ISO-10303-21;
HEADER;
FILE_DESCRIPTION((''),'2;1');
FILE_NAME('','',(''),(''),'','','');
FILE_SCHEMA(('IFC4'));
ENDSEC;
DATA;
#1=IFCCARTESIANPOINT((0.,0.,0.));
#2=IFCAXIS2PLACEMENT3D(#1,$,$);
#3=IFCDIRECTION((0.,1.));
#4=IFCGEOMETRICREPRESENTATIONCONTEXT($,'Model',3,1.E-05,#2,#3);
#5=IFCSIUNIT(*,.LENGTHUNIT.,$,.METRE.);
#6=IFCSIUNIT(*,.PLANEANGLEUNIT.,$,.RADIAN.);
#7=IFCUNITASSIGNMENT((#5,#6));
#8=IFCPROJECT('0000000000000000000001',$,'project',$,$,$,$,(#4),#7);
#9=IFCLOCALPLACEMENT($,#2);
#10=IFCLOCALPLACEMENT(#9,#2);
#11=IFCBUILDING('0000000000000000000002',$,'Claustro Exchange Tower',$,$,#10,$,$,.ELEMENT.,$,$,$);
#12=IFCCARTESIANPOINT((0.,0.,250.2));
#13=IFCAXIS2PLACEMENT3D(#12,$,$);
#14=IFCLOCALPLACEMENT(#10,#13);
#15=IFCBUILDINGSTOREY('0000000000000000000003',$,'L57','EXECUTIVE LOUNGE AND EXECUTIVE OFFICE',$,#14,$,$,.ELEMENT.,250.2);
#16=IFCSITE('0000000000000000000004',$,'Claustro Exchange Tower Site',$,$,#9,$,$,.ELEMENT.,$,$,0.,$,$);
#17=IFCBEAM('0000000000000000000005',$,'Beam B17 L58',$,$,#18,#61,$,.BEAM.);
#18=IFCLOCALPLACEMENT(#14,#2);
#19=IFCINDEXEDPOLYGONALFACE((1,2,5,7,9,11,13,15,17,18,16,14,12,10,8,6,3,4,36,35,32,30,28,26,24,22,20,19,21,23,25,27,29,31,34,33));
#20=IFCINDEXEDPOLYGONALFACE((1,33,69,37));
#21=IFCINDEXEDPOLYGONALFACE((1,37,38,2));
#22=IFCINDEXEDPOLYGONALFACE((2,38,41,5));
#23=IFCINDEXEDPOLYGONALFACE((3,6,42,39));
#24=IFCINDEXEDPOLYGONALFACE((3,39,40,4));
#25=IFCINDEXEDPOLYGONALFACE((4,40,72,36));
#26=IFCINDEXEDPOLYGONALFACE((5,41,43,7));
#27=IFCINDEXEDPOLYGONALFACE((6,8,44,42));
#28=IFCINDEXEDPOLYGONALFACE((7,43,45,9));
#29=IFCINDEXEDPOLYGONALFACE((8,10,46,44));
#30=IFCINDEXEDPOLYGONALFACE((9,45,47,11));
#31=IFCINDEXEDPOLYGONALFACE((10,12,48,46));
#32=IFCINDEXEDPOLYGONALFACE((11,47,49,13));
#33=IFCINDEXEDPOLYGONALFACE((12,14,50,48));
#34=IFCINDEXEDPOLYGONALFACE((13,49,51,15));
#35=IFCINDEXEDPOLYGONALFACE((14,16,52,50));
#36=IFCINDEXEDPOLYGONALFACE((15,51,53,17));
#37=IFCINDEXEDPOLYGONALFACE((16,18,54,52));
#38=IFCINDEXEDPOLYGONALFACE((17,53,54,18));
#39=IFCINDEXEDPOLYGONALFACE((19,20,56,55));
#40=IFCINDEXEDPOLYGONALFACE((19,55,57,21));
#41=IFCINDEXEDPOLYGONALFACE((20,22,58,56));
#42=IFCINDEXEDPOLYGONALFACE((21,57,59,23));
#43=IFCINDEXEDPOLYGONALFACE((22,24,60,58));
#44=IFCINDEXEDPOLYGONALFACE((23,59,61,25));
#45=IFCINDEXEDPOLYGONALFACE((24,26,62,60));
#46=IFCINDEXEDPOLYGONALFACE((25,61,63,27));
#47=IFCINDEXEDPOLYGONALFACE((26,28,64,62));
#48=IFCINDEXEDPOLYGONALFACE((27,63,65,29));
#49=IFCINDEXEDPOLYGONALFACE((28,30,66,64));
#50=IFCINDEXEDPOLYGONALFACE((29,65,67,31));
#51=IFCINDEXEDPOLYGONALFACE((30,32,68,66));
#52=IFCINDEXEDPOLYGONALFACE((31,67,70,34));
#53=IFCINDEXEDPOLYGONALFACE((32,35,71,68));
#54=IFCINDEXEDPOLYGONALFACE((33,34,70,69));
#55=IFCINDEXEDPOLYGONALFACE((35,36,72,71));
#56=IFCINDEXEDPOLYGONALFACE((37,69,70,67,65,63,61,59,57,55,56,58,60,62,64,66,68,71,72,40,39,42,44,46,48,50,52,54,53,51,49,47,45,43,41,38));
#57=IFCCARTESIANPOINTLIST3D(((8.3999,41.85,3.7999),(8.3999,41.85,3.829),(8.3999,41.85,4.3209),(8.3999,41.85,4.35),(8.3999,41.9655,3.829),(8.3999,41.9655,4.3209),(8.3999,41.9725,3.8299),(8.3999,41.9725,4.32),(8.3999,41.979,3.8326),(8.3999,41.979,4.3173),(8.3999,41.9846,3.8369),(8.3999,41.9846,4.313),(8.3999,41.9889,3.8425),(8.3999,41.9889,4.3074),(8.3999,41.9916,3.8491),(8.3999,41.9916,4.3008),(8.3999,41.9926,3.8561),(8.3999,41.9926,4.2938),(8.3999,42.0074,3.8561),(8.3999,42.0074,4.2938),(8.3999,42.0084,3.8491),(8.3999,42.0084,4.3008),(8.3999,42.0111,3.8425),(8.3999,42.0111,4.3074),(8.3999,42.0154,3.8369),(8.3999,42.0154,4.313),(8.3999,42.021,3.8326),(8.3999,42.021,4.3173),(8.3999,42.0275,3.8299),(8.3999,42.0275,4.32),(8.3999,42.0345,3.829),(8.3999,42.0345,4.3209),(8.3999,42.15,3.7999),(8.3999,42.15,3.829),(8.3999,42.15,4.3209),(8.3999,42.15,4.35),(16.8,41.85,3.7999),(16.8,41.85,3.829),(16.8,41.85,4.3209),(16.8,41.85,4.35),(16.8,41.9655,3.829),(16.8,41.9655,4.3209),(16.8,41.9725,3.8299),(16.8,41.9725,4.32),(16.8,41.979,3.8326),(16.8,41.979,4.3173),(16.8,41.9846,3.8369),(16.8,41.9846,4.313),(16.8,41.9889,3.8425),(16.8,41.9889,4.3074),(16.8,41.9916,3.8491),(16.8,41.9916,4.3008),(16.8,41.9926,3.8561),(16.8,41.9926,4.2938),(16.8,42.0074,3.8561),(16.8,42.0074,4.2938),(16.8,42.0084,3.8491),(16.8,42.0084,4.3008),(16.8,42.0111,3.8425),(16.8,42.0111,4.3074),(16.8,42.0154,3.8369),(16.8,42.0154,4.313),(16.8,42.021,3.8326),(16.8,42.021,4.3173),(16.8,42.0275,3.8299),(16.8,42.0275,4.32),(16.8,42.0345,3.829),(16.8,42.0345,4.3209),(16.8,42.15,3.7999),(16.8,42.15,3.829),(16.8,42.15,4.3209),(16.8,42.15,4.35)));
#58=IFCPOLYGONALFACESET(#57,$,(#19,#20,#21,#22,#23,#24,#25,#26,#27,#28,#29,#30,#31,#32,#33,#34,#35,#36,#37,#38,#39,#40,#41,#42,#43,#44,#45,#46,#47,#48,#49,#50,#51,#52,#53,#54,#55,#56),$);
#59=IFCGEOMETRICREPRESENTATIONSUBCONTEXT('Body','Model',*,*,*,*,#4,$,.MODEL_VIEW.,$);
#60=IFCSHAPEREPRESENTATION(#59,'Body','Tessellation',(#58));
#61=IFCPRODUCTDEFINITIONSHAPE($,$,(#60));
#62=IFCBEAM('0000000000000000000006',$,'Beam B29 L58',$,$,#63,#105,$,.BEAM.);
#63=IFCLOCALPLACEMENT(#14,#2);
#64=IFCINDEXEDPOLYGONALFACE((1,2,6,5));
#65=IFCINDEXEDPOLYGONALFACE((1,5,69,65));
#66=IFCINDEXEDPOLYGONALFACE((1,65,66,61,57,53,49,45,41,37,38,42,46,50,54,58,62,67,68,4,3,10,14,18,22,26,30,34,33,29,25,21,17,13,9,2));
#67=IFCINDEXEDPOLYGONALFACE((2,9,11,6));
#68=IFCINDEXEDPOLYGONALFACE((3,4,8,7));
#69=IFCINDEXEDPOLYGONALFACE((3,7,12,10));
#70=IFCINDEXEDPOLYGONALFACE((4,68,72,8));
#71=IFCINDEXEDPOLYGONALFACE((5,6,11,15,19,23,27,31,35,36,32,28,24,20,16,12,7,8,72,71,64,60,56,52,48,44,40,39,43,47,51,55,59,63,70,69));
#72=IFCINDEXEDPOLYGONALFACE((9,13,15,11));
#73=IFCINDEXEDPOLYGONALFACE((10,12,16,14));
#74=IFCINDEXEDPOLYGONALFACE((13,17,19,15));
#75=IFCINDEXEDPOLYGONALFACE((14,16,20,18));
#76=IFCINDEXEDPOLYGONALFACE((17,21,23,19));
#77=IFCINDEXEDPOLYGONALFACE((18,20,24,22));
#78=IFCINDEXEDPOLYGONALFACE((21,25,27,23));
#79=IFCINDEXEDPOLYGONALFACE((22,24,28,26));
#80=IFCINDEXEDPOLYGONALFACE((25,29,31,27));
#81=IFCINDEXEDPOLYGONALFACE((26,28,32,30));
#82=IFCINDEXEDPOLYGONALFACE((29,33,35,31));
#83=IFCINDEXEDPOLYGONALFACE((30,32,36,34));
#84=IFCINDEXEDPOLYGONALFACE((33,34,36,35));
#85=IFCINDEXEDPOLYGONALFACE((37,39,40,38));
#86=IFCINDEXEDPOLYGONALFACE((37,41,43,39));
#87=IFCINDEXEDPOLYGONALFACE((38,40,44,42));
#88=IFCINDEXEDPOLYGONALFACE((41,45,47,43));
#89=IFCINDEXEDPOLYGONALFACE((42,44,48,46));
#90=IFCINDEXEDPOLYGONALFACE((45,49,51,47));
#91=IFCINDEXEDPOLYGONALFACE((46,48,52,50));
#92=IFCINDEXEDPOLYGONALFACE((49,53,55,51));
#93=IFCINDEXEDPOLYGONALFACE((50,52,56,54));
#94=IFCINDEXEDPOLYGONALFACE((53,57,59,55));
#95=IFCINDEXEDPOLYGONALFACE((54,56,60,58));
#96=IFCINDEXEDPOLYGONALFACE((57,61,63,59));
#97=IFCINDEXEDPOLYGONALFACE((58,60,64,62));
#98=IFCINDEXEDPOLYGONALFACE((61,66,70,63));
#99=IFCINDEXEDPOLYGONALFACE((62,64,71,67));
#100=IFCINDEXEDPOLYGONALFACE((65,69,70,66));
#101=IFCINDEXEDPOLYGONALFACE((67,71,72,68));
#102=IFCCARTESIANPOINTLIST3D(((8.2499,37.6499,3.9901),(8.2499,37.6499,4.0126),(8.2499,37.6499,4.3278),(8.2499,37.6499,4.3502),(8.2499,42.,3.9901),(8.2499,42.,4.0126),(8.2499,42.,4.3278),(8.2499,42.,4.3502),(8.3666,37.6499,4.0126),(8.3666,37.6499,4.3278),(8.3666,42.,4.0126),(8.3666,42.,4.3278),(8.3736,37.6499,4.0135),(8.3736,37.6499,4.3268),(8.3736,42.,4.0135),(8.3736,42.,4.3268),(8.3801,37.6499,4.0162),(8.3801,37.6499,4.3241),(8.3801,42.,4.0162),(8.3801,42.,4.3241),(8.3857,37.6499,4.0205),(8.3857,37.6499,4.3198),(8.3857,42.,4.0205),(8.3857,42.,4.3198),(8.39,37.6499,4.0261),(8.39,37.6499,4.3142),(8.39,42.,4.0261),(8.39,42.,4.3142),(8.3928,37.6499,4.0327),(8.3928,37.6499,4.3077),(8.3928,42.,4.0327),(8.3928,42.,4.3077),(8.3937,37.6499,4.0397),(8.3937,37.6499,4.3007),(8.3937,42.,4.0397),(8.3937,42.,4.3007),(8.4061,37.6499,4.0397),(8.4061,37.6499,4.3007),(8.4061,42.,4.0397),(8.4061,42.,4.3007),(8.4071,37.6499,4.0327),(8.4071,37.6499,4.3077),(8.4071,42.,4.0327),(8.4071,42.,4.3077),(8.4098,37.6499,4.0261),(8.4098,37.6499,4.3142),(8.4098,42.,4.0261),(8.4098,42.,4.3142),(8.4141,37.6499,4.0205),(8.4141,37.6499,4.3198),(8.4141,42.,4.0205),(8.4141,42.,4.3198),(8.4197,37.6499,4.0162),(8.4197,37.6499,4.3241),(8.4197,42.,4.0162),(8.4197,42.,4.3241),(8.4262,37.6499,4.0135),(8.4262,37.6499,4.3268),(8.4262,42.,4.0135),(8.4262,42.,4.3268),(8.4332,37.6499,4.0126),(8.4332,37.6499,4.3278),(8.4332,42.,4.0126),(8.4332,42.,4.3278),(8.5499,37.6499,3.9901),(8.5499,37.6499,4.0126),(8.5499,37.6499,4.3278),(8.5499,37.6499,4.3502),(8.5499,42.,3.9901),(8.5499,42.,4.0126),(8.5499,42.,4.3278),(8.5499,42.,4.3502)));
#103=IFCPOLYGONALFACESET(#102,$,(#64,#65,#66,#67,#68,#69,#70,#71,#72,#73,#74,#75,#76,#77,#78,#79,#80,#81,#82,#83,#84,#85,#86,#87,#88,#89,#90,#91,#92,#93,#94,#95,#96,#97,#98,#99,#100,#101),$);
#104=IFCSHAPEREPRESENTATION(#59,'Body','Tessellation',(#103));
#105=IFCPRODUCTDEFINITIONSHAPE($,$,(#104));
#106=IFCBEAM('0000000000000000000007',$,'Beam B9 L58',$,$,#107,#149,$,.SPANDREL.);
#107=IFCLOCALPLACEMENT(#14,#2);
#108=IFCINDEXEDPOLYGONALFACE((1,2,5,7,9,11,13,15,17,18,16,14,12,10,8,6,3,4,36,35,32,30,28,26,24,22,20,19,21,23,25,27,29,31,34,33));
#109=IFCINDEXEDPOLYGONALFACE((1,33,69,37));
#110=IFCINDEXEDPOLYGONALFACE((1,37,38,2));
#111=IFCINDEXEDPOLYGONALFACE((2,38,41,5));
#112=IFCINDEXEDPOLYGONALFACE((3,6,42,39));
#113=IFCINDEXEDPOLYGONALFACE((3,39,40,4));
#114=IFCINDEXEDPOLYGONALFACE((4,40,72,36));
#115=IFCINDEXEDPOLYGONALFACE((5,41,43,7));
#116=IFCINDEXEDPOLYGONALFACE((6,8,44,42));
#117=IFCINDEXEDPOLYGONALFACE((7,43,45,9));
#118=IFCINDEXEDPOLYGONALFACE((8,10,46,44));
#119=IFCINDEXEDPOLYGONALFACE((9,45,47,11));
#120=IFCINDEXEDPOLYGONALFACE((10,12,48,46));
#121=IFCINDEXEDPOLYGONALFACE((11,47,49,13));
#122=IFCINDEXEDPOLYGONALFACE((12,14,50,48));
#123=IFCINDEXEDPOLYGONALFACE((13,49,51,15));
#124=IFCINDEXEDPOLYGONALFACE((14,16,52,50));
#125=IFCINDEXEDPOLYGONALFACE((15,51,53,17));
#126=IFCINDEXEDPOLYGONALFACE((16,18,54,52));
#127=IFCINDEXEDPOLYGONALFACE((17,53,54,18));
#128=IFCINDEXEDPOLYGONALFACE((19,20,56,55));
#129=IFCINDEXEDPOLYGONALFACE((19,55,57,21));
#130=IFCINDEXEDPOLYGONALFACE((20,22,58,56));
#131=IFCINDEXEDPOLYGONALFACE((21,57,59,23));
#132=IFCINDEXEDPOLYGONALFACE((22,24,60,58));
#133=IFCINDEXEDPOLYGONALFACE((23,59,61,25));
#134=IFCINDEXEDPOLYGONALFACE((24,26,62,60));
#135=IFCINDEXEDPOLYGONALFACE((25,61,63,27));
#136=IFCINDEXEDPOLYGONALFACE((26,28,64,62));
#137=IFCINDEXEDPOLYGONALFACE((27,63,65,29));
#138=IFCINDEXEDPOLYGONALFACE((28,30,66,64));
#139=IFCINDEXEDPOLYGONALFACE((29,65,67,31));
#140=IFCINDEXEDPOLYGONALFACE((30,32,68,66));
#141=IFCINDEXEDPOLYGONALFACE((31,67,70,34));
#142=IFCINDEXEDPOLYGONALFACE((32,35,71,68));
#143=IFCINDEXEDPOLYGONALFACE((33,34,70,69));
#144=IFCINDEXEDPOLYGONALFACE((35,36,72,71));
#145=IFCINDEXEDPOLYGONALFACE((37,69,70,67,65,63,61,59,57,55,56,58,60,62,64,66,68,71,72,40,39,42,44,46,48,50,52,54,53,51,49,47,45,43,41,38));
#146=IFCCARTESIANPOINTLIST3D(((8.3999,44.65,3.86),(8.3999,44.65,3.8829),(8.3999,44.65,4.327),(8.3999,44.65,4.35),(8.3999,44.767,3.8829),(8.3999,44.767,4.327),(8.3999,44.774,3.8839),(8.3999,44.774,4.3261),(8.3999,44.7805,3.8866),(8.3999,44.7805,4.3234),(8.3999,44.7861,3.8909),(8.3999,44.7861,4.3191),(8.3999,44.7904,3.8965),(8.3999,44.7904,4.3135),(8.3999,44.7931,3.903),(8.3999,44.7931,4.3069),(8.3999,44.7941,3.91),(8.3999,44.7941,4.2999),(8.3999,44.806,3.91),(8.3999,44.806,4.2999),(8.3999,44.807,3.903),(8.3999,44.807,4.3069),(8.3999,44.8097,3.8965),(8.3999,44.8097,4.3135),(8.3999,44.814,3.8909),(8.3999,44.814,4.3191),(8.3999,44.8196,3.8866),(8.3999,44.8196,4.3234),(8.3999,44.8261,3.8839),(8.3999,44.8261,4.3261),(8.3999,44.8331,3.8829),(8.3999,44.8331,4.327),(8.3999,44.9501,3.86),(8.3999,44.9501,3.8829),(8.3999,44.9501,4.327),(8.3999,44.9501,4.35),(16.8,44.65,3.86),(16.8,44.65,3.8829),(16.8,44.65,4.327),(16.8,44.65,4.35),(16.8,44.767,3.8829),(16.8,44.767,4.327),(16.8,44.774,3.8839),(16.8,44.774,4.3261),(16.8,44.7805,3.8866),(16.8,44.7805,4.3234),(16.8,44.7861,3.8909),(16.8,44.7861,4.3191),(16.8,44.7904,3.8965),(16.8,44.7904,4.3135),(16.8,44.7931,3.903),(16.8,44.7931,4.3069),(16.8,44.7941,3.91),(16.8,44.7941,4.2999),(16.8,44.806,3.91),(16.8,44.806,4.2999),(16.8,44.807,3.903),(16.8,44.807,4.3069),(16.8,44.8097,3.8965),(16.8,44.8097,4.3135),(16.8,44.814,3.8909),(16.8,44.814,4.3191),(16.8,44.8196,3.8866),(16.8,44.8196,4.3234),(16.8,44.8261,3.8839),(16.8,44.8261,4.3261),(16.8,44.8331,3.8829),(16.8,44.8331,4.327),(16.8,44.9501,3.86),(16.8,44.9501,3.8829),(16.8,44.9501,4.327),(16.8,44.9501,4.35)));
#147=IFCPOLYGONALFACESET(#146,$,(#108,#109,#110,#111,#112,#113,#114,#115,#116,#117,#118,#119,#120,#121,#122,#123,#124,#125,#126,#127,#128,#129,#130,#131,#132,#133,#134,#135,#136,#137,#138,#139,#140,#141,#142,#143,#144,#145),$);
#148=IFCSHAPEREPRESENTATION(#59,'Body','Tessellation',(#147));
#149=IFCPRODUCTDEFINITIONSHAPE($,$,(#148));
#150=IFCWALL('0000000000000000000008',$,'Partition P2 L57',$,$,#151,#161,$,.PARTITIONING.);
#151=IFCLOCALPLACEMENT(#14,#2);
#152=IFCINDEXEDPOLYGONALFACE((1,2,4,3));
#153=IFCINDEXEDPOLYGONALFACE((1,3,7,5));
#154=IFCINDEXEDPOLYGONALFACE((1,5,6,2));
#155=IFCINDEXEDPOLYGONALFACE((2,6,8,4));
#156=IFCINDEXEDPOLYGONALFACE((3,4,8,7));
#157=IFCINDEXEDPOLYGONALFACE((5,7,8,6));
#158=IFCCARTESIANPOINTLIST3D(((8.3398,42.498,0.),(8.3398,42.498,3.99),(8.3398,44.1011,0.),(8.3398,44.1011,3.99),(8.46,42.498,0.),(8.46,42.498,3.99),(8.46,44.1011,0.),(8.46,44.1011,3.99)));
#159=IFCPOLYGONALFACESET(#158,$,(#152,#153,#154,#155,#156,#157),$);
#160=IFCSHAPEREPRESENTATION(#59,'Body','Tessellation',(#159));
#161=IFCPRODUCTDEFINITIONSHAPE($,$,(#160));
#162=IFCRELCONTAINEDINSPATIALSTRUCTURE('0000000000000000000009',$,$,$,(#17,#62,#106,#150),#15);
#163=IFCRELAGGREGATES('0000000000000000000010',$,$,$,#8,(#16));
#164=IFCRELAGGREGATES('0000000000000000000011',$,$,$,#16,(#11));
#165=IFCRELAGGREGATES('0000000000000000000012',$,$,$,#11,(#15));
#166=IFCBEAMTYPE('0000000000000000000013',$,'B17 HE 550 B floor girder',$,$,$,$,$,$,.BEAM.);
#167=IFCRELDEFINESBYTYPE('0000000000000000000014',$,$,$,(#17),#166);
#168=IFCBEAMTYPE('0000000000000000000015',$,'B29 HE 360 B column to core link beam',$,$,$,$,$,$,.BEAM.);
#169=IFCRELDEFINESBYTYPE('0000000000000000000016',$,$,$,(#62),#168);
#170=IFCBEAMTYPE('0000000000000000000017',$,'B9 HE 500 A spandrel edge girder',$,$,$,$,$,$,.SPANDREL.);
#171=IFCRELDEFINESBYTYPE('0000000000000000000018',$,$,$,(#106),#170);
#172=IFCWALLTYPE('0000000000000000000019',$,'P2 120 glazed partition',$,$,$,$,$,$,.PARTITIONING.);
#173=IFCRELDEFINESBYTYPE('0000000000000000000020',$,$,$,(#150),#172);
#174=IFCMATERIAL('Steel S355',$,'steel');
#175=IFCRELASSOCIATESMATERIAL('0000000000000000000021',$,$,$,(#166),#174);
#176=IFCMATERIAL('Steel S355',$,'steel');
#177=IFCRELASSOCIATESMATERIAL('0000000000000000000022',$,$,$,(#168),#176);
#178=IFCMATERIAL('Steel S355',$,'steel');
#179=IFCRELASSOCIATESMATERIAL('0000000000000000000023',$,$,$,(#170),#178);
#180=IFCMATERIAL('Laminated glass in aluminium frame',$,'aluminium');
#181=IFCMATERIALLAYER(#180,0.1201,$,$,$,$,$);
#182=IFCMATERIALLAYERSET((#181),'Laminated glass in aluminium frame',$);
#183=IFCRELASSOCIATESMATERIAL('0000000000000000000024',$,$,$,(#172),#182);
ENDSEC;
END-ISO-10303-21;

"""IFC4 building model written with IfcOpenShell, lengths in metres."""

from ifc_helpers import new_model, si_unit, direction, frame, frame_2d, origin, origin_2d, place, context, subcontext, project, spatial, rectangle, i_section, extrude, material, layer, layer_set, material_profile, profile_set, type_object, element, save


model = new_model("IFC4")

# Units and contexts
model_context = context("Model", 3, precision=1e-05, world=origin(), true_north=direction((0.0, 1.0)))
body_context = subcontext(model_context, "Body", "Model", "MODEL_VIEW")
ifc_project = project(units=[si_unit("LENGTHUNIT", "METRE"), si_unit("PLANEANGLEUNIT", "RADIAN")], contexts=[model_context])

# Site, building, storey
site_placement = place(None, origin())
site = spatial("IfcSite", under=ifc_project, at=site_placement, Name="Claustro Exchange Tower Site", CompositionType="ELEMENT", RefElevation=0.0)
building_placement = place(site_placement, origin())
building = spatial("IfcBuilding", under=site, at=building_placement, Name="Claustro Exchange Tower", CompositionType="ELEMENT")
storey_placement = place(building_placement, frame((0.0, 0.0, 250.2)))
storey = spatial("IfcBuildingStorey", under=building, at=storey_placement, Name="L57", Description="EXECUTIVE LOUNGE AND EXECUTIVE OFFICE", CompositionType="ELEMENT", Elevation=250.2)

# Beams
ifc_material_1 = material(Name="Steel S355", Category="steel")
ifc_material_profile_1 = material_profile(ifc_material_1, i_section(OverallWidth=0.3, OverallDepth=0.55, WebThickness=0.0149, FlangeThickness=0.0291, FilletRadius=0.0271, at=origin_2d()), Name="HE 550 B")
ifc_profile_set_1 = profile_set([ifc_material_profile_1], Name="Steel S355")
beam_type_1 = type_object("IfcBeamType", Name="B17 HE 550 B floor girder", PredefinedType="BEAM", material=ifc_profile_set_1)
beam_1_placement = place(storey_placement, frame((8.3999, 42.0, 4.075), z_axis=(1.0, 0.0, 0.0), x_axis=(0.0, 1.0, 0.0)))
element("IfcBeam", 1, at=beam_1_placement, inside=storey, type_object=beam_type_1, Name="Beam B17 L58", PredefinedType="BEAM", context=body_context, shape_type="SweptSolid", body=[
    extrude(i_section(OverallWidth=0.3, OverallDepth=0.55, WebThickness=0.0149, FlangeThickness=0.0291, FilletRadius=0.0271, at=origin_2d()), origin(), (0.0, 0.0, 1.0), 8.4001),
])
ifc_material_2 = material(Name="Steel S355", Category="steel")
ifc_material_profile_2 = material_profile(ifc_material_2, i_section(OverallWidth=0.3, OverallDepth=0.3601, WebThickness=0.0125, FlangeThickness=0.0225, FilletRadius=0.0271, at=origin_2d()), Name="HE 360 B")
ifc_profile_set_2 = profile_set([ifc_material_profile_2], Name="Steel S355")
beam_type_2 = type_object("IfcBeamType", Name="B29 HE 360 B column to core link beam", PredefinedType="BEAM", material=ifc_profile_set_2)
beam_2_placement = place(storey_placement, frame((8.3999, 37.6499, 4.1702), z_axis=(0.0, 1.0, 0.0), x_axis=(-1.0, 0.0, 0.0)))
element("IfcBeam", 2, at=beam_2_placement, inside=storey, type_object=beam_type_2, Name="Beam B29 L58", PredefinedType="BEAM", context=body_context, shape_type="SweptSolid", body=[
    extrude(i_section(OverallWidth=0.3, OverallDepth=0.3601, WebThickness=0.0125, FlangeThickness=0.0225, FilletRadius=0.0271, at=origin_2d()), origin(), (0.0, 0.0, 1.0), 4.3501),
])
ifc_material_3 = material(Name="Steel S355", Category="steel")
ifc_material_profile_3 = material_profile(ifc_material_3, i_section(OverallWidth=0.3, OverallDepth=0.49, WebThickness=0.012, FlangeThickness=0.0229, FilletRadius=0.0271, at=origin_2d()), Name="HE 500 A")
ifc_profile_set_3 = profile_set([ifc_material_profile_3], Name="Steel S355")
beam_type_3 = type_object("IfcBeamType", Name="B9 HE 500 A spandrel edge girder", PredefinedType="SPANDREL", material=ifc_profile_set_3)
beam_3_placement = place(storey_placement, frame((8.3999, 44.8, 4.105), z_axis=(1.0, 0.0, 0.0), x_axis=(0.0, 1.0, 0.0)))
element("IfcBeam", 3, at=beam_3_placement, inside=storey, type_object=beam_type_3, Name="Beam B9 L58", PredefinedType="SPANDREL", context=body_context, shape_type="SweptSolid", body=[
    extrude(i_section(OverallWidth=0.3, OverallDepth=0.49, WebThickness=0.012, FlangeThickness=0.0229, FilletRadius=0.0271, at=origin_2d()), origin(), (0.0, 0.0, 1.0), 8.4001),
])

# Wall
ifc_material_4 = material(Name="Laminated glass in aluminium frame", Category="aluminium")
ifc_layer_1 = layer(ifc_material_4, 0.1201)
ifc_layer_set_1 = layer_set([ifc_layer_1], Name="Laminated glass in aluminium frame")
wall_type_1 = type_object("IfcWallType", Name="P2 120 glazed partition", PredefinedType="PARTITIONING", material=ifc_layer_set_1)
wall_1_placement = place(storey_placement, frame((8.3999, 42.498, 0.0), z_axis=(0.0, 0.0, 1.0), x_axis=(0.0, 1.0, 0.0)))
element("IfcWall", 4, at=wall_1_placement, inside=storey, type_object=wall_type_1, Name="Partition P2 L57", PredefinedType="PARTITIONING", context=body_context, shape_type="SweptSolid", body=[
    extrude(rectangle(XDim=1.603, YDim=0.1201, at=frame_2d((0.8015, 0.0))), origin(), (0.0, 0.0, 1.0), 3.99),
])

save(model, "model.ifc")
